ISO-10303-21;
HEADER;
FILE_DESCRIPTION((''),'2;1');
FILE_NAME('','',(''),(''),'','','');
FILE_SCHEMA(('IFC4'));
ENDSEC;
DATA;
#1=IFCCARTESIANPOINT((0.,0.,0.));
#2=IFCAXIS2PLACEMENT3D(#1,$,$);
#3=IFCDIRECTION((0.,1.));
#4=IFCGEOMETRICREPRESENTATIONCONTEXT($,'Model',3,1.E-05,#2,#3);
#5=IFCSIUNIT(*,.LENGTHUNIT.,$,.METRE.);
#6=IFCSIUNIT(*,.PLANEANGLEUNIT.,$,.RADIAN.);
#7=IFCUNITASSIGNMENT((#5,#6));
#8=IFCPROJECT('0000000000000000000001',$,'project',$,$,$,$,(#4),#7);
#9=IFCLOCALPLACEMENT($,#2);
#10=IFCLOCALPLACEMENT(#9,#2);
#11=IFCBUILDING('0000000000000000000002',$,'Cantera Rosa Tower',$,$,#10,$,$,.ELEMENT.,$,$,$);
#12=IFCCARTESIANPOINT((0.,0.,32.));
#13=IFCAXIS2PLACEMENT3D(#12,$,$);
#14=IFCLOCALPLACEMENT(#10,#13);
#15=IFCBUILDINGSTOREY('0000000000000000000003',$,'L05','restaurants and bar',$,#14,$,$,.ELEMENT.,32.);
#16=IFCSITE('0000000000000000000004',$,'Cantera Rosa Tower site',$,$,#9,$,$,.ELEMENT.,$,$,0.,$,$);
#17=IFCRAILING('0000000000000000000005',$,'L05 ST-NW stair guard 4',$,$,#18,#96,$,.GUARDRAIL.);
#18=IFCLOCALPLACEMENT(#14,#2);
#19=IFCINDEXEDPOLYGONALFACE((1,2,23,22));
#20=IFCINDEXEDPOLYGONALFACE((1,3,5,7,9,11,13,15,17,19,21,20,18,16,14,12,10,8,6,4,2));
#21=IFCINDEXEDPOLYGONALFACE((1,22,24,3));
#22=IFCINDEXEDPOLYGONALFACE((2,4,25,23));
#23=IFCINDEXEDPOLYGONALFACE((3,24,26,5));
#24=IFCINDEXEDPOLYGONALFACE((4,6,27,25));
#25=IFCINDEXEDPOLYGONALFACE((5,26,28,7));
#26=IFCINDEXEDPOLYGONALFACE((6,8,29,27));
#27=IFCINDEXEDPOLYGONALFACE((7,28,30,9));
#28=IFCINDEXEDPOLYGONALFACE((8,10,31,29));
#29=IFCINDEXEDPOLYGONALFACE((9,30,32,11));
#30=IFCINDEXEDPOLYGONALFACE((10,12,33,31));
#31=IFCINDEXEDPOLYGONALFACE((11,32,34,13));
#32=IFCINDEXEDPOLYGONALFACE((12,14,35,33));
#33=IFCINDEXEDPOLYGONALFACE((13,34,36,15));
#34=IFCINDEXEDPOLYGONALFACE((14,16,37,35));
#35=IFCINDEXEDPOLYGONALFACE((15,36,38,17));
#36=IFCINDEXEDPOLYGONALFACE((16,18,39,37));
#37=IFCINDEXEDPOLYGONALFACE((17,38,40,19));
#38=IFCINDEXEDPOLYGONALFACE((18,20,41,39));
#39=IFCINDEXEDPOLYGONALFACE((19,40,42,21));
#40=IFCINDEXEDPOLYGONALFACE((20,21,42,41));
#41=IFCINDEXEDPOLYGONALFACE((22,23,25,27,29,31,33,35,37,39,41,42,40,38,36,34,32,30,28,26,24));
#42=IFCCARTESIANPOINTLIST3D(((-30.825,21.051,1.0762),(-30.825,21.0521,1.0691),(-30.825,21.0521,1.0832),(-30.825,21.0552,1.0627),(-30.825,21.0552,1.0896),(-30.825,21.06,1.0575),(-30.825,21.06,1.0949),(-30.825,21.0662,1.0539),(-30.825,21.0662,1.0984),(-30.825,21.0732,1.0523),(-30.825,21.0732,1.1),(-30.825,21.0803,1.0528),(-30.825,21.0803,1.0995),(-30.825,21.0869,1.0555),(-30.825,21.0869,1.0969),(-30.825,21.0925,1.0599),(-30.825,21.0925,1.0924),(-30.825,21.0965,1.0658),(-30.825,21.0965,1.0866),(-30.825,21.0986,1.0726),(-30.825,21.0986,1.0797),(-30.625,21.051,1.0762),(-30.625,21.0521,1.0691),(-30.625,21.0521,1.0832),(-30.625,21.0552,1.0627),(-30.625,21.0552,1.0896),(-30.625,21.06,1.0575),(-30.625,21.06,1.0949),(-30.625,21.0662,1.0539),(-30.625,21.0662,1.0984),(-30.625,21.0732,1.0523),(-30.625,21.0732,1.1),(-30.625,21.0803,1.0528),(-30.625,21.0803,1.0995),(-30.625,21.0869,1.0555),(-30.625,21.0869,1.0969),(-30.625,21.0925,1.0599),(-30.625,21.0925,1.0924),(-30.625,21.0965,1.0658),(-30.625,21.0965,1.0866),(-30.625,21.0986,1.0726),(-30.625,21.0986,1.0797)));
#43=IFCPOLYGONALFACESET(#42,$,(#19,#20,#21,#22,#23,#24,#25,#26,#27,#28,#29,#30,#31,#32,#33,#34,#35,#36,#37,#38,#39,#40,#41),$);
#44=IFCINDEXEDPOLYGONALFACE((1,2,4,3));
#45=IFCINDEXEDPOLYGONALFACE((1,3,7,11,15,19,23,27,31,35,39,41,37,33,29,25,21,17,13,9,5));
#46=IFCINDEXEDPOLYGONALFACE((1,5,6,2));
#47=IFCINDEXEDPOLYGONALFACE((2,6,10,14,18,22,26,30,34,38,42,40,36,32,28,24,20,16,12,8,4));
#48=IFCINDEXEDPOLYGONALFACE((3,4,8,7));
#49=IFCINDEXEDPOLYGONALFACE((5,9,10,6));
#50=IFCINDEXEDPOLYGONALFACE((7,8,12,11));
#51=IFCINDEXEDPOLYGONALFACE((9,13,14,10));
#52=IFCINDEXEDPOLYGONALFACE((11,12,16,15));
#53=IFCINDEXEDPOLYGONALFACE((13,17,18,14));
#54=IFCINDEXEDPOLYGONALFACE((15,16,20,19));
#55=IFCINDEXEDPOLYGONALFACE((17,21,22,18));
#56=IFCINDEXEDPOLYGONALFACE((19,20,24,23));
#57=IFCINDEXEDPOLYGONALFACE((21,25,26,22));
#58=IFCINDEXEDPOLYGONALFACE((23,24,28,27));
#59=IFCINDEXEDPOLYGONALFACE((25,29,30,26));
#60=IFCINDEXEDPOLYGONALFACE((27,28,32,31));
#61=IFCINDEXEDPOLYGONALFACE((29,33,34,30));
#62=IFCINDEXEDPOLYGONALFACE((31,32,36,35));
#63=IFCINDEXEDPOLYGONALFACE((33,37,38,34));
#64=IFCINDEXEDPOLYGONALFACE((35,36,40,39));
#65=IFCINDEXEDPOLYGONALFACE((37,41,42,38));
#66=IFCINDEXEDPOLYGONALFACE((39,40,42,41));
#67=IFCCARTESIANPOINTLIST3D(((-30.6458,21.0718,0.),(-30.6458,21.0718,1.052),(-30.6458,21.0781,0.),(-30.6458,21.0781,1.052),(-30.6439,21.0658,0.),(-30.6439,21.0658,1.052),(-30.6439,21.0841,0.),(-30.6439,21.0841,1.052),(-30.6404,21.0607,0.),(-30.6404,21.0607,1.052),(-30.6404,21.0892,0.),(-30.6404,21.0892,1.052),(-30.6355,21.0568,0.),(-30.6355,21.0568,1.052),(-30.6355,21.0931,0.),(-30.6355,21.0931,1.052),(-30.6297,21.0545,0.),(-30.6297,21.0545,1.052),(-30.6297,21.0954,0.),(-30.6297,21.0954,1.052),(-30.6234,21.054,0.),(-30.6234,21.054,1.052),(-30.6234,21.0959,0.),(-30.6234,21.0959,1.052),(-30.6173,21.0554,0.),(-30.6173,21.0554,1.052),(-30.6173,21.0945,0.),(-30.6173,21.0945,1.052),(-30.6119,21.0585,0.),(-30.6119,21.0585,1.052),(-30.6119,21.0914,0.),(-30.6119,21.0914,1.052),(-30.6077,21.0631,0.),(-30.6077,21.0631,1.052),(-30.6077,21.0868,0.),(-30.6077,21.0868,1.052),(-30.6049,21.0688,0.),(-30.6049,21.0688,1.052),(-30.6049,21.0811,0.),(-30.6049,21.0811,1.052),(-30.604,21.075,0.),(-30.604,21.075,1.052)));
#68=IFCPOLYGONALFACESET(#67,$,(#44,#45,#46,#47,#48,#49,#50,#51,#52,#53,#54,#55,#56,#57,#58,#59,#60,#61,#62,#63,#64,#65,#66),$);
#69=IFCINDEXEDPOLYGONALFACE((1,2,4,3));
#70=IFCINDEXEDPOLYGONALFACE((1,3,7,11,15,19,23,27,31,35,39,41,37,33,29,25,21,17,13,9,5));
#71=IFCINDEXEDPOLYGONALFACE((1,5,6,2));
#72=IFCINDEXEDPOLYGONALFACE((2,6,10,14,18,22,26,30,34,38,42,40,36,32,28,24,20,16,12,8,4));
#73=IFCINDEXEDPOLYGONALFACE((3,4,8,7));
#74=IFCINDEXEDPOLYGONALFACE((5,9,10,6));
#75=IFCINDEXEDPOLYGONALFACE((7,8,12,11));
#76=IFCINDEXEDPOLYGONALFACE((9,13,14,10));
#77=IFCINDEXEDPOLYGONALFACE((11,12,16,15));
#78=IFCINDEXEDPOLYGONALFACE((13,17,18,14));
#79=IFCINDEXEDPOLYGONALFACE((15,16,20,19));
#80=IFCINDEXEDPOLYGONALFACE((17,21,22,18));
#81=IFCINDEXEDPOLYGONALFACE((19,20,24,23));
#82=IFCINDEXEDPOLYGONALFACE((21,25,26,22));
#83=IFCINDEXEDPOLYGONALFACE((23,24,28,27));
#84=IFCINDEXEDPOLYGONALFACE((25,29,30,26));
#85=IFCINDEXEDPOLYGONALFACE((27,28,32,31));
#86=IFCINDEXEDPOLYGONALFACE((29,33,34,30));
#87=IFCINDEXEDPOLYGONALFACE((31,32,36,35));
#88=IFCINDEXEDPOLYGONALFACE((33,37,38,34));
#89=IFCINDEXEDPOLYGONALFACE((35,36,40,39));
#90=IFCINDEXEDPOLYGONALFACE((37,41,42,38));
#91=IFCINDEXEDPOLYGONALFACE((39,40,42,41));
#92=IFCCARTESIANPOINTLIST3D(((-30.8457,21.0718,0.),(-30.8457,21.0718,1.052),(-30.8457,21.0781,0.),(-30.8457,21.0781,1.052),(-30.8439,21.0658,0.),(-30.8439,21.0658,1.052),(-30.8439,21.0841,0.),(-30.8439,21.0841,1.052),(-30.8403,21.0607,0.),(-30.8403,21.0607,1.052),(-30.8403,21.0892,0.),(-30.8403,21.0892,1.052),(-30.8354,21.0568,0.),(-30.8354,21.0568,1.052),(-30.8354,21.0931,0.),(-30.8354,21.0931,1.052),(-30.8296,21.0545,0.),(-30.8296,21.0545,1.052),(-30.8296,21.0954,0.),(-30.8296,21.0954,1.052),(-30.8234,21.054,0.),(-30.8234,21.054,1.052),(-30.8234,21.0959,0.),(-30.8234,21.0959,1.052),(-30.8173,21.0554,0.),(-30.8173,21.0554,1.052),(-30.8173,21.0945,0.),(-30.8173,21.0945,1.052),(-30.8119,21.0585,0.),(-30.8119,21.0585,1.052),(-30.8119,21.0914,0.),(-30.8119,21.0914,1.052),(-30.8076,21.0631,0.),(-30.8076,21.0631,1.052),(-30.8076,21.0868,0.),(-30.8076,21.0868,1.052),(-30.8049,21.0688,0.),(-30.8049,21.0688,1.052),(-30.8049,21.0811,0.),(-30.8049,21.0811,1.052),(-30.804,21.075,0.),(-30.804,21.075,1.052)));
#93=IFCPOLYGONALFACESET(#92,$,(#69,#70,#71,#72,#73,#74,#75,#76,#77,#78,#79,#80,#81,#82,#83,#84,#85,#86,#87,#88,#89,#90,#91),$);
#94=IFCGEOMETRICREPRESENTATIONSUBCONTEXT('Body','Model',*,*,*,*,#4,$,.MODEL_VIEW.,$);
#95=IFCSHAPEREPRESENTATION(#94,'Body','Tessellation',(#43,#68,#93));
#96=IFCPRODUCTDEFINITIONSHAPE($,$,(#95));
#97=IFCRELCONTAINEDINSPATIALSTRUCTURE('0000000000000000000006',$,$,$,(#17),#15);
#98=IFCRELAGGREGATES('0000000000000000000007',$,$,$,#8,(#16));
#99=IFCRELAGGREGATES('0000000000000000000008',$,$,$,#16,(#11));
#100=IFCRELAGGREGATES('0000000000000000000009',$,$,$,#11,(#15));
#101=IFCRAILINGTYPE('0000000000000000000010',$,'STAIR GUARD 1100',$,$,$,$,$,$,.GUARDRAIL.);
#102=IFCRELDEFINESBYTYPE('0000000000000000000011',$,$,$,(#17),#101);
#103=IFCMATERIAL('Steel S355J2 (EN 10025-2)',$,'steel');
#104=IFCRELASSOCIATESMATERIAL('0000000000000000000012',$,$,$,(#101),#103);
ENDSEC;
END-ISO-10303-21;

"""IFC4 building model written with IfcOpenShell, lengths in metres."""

from ifc_helpers import new_model, si_unit, direction, frame, origin, origin_2d, place, context, subcontext, project, spatial, circle, extrude, material, type_object, element, save


model = new_model("IFC4")

# Units and contexts
model_context = context("Model", 3, precision=1e-05, world=origin(), true_north=direction((0.0, 1.0)))
body_context = subcontext(model_context, "Body", "Model", "MODEL_VIEW")
ifc_project = project(units=[si_unit("LENGTHUNIT", "METRE"), si_unit("PLANEANGLEUNIT", "RADIAN")], contexts=[model_context])

# Site, building, storey
site_placement = place(None, origin())
site = spatial("IfcSite", under=ifc_project, at=site_placement, Name="Cantera Rosa Tower site", CompositionType="ELEMENT", RefElevation=0.0)
building_placement = place(site_placement, origin())
building = spatial("IfcBuilding", under=site, at=building_placement, Name="Cantera Rosa Tower", CompositionType="ELEMENT")
storey_placement = place(building_placement, frame((0.0, 0.0, 32.0)))
storey = spatial("IfcBuildingStorey", under=building, at=storey_placement, Name="L05", Description="restaurants and bar", CompositionType="ELEMENT", Elevation=32.0)

# Railing
ifc_material_1 = material(Name="Steel S355J2 (EN 10025-2)", Category="steel")
railing_type_1 = type_object("IfcRailingType", Name="STAIR GUARD 1100", PredefinedType="GUARDRAIL", material=ifc_material_1)
railing_1_placement = place(storey_placement, frame((-30.625, 21.075, 0.0)))
element("IfcRailing", 1, at=railing_1_placement, inside=storey, type_object=railing_type_1, Name="L05 ST-NW stair guard 4", PredefinedType="GUARDRAIL", context=body_context, shape_type="SweptSolid", body=[
    extrude(circle(Radius=0.0239, at=origin_2d()), frame((0.0, 0.0, 1.0762), z_axis=(-1.0, 0.0, 0.0), x_axis=(0.0, -1.0, 0.0)), (0.0, 0.0, 1.0), 0.2),
    extrude(circle(Radius=0.021, at=origin_2d()), origin(), (0.0, 0.0, 1.0), 1.052),
    extrude(circle(Radius=0.021, at=origin_2d()), frame((-0.2, 0.0, 0.0)), (0.0, 0.0, 1.0), 1.052),
])

save(model, "model.ifc")
